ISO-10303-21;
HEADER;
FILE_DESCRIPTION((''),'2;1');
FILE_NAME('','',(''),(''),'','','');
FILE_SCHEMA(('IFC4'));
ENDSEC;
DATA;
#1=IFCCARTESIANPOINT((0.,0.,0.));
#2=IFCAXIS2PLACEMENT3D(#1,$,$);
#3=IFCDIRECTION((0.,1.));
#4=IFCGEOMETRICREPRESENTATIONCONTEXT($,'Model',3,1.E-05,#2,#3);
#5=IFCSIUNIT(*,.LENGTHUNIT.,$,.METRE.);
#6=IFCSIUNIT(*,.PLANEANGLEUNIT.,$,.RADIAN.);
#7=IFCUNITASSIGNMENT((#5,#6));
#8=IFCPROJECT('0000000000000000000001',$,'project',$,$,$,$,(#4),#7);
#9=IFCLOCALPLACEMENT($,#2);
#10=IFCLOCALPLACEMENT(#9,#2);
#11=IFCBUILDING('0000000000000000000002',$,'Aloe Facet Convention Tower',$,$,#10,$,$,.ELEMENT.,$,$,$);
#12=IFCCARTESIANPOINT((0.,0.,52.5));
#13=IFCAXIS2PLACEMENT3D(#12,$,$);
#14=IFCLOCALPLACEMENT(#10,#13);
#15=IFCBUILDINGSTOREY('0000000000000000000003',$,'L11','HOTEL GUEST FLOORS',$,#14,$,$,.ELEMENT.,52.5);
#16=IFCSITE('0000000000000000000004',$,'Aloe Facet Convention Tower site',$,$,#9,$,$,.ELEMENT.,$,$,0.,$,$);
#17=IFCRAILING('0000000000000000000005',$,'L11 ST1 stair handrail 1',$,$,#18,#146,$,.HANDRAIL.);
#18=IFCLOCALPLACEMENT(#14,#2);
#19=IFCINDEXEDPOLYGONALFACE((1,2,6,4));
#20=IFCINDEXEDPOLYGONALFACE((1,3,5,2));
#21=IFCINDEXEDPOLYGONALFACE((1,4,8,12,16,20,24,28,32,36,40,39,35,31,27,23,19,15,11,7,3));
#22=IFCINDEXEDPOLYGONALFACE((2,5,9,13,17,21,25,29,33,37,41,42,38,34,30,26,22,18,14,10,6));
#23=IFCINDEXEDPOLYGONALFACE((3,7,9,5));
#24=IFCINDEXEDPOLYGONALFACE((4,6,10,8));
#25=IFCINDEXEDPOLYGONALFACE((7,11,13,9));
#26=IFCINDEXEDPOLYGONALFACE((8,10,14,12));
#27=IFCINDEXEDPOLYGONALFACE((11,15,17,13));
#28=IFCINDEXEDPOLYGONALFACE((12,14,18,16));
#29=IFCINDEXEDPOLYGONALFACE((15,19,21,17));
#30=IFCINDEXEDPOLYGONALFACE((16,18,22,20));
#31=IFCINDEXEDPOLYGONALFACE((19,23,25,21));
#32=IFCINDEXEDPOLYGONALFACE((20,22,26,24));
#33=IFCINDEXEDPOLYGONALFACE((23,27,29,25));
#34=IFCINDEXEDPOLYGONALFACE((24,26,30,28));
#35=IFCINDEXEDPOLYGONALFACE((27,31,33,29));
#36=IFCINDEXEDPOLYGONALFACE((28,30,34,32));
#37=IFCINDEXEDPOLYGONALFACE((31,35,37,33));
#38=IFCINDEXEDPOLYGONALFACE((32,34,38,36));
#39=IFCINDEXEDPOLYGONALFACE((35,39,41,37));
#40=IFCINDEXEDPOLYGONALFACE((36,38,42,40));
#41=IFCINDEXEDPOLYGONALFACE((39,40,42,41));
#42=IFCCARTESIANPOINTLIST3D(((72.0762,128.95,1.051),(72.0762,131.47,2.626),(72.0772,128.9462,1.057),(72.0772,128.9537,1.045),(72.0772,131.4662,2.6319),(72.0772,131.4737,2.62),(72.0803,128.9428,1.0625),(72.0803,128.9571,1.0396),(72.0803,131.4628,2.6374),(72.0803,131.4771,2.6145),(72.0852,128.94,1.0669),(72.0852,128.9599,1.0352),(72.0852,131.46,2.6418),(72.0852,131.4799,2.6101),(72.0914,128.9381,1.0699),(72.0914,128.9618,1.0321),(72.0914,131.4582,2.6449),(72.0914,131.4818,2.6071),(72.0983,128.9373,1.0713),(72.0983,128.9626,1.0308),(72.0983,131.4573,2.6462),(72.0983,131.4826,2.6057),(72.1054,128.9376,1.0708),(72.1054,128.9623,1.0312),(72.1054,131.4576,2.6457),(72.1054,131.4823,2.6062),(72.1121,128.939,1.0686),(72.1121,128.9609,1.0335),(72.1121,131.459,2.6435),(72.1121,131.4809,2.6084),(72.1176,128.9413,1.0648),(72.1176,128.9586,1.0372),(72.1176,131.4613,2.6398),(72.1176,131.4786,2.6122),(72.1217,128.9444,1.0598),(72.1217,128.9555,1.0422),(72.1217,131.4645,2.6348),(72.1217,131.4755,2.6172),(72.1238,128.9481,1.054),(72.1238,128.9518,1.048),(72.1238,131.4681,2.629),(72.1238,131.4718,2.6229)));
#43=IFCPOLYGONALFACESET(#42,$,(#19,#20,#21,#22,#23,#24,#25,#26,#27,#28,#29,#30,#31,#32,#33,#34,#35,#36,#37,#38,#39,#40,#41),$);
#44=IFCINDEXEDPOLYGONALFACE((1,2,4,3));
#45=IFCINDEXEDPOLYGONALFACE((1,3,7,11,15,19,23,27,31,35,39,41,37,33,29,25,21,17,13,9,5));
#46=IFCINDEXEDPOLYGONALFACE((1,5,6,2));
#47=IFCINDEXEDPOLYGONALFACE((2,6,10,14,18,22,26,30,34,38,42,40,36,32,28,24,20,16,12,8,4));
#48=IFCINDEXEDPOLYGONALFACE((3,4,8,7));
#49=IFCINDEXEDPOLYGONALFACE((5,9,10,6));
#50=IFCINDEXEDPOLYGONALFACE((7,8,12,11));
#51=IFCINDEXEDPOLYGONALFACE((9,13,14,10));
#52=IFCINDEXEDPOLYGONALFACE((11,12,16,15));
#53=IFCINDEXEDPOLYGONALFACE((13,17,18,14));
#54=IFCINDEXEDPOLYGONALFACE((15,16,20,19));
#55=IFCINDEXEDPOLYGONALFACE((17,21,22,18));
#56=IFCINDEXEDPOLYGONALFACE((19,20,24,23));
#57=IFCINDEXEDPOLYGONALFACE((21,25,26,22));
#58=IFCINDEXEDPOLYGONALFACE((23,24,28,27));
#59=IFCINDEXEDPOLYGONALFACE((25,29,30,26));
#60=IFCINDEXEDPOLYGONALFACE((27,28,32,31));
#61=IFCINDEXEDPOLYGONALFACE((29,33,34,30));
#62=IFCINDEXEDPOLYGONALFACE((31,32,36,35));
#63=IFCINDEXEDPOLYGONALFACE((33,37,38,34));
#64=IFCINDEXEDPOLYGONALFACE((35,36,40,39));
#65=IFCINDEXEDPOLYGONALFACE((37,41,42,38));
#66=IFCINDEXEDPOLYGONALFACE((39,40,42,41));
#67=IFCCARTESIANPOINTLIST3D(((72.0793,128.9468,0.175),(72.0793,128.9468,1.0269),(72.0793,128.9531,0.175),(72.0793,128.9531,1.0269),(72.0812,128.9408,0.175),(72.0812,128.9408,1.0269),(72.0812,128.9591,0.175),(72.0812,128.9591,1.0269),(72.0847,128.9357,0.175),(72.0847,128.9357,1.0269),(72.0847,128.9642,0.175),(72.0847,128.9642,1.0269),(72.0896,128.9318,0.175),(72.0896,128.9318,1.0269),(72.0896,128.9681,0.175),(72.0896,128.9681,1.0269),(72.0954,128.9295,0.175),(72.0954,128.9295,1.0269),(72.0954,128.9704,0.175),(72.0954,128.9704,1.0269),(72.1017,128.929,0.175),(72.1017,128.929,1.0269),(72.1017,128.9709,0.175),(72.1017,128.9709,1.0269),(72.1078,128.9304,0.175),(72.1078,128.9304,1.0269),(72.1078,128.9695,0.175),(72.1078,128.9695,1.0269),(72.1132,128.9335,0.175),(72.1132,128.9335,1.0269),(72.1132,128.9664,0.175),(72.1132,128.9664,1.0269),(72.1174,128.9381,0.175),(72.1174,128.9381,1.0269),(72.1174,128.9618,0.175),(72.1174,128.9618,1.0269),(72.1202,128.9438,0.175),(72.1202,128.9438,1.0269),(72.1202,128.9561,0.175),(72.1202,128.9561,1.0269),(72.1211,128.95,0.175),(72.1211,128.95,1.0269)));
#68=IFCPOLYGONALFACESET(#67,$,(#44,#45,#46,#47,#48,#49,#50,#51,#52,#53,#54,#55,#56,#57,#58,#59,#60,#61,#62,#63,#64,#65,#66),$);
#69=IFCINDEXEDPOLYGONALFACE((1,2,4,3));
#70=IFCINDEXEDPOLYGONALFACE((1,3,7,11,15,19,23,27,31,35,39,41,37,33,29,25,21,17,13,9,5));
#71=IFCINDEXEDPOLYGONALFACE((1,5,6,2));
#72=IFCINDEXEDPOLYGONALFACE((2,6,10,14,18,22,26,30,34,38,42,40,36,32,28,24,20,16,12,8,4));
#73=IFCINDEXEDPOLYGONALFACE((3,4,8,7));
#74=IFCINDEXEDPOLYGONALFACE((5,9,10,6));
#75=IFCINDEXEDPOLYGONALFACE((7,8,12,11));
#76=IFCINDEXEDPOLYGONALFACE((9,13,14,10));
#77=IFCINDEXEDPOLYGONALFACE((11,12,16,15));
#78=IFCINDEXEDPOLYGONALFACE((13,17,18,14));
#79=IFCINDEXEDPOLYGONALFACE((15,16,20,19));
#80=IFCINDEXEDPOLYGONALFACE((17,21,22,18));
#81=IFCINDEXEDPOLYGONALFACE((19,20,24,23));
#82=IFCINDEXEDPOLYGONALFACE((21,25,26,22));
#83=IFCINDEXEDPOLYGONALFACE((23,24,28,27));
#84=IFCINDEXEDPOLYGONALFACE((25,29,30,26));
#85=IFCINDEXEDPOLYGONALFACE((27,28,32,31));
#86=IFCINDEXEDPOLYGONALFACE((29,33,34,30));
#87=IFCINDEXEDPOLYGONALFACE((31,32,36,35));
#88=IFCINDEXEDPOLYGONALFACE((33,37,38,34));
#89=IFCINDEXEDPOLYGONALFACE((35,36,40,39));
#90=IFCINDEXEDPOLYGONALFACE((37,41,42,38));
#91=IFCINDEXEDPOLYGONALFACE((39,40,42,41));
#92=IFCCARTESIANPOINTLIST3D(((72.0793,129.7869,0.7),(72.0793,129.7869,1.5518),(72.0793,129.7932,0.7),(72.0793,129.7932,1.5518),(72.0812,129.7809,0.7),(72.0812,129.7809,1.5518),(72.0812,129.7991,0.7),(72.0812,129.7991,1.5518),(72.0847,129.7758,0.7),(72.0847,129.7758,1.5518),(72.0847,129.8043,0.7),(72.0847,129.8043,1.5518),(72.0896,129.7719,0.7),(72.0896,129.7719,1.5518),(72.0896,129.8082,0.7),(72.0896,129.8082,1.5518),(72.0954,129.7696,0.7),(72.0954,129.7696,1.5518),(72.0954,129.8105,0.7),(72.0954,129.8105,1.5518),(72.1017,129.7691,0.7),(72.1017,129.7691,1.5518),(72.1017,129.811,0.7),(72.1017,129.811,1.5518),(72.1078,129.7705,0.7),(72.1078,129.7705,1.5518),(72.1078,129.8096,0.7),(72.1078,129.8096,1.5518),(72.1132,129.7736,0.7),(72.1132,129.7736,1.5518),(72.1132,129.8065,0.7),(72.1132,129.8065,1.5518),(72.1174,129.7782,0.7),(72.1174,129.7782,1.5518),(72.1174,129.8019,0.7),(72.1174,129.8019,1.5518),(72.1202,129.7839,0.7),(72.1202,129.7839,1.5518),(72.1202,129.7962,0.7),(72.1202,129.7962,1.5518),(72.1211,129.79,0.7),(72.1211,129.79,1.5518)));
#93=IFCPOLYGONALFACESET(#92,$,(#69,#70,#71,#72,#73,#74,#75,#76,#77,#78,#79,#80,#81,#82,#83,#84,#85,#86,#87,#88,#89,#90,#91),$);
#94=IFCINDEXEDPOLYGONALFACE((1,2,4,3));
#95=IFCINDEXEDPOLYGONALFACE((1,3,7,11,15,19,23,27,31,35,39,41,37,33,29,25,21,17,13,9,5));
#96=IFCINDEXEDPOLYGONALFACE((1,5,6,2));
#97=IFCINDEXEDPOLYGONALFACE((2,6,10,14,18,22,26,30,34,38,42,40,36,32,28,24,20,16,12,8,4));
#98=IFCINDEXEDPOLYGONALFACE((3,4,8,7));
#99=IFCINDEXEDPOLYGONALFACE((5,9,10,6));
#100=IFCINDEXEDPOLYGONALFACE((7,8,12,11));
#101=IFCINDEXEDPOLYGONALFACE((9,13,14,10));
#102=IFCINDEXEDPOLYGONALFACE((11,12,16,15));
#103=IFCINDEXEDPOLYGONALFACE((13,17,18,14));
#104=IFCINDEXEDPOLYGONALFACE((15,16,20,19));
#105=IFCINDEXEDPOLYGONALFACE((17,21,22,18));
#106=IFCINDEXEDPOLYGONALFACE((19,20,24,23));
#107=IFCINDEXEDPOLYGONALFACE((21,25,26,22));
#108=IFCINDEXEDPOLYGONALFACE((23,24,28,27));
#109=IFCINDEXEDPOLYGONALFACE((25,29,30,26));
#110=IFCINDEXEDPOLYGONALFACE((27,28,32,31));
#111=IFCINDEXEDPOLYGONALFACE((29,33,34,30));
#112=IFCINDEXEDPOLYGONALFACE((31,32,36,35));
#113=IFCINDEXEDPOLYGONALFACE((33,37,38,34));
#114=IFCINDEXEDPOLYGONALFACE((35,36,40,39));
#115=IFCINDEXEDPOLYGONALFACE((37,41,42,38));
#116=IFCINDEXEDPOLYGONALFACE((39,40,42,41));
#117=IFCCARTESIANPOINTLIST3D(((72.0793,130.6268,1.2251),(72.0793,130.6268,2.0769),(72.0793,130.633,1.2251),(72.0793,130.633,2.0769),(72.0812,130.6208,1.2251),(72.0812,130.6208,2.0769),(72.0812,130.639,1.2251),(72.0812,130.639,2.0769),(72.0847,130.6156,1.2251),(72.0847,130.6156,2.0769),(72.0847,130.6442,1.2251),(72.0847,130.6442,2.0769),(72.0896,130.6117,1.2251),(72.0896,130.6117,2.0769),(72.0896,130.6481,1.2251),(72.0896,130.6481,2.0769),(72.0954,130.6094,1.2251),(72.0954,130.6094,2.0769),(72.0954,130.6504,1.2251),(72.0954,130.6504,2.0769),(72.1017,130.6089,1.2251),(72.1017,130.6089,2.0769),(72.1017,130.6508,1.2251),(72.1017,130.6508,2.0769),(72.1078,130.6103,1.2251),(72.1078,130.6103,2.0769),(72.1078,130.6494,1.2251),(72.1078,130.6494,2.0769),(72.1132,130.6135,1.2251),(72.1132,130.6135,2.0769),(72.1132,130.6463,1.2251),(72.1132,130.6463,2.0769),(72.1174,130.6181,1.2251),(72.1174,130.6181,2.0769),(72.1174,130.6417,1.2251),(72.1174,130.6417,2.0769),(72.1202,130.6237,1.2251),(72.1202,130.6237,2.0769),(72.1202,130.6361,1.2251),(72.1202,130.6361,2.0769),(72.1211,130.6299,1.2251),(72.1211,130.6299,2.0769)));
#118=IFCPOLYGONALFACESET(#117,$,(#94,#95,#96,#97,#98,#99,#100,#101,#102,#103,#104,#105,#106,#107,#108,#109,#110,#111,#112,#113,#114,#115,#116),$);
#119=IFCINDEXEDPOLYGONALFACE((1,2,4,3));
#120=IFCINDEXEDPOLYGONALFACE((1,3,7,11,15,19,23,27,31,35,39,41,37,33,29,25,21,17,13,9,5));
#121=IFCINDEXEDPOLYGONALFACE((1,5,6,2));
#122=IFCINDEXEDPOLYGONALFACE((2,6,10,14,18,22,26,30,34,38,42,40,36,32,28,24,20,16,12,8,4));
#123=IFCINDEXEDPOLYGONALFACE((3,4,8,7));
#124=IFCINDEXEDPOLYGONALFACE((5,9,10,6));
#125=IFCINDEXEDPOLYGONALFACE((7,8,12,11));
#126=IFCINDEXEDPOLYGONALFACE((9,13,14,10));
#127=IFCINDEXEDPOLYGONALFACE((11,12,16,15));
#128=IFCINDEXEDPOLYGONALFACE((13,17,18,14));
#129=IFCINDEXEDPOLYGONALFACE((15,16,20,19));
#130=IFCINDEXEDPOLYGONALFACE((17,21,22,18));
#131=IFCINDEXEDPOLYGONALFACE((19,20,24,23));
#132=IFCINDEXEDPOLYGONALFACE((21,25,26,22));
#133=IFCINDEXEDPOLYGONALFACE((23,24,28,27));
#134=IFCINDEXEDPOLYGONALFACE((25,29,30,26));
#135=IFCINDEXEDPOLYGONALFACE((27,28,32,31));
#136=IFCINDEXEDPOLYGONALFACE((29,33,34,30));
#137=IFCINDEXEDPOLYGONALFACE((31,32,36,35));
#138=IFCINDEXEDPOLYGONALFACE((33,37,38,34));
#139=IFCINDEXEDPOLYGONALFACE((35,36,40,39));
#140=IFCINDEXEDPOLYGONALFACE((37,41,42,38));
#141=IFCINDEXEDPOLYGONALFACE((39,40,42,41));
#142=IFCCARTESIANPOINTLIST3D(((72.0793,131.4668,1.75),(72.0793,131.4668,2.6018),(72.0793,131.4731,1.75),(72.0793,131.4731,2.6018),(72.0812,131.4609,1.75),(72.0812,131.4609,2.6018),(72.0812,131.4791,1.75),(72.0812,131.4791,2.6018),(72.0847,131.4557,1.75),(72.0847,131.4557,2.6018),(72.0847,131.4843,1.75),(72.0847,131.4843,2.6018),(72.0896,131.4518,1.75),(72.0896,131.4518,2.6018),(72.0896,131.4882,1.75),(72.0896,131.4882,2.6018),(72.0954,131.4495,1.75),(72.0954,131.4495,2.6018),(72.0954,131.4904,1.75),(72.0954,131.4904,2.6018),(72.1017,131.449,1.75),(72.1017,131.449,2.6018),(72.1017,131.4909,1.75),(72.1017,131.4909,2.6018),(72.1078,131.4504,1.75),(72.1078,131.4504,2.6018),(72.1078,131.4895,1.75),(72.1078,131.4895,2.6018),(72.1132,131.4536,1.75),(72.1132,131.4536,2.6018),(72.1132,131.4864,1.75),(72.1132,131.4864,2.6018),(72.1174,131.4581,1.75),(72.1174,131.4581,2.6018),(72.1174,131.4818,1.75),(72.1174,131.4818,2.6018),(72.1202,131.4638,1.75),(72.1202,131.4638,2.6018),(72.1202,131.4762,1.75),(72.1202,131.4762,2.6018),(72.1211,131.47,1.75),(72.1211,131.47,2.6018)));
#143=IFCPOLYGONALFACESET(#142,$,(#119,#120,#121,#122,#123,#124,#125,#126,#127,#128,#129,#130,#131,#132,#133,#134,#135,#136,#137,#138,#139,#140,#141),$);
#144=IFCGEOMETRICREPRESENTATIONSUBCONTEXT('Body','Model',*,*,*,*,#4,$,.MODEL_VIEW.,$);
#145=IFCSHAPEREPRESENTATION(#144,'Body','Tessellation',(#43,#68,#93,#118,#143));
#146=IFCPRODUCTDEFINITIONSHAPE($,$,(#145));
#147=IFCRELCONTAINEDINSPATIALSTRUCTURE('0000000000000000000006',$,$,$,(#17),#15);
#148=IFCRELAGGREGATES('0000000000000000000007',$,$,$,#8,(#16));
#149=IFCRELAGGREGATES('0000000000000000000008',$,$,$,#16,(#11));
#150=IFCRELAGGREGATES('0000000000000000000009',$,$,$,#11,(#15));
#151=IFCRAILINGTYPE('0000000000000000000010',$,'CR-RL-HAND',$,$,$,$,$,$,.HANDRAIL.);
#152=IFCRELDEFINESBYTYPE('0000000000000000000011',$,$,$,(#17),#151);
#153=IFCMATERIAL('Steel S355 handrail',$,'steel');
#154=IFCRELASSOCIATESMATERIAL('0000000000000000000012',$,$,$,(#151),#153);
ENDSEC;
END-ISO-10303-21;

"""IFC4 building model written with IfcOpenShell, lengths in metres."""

from ifc_helpers import new_model, si_unit, direction, frame, origin, origin_2d, place, context, subcontext, project, spatial, circle, extrude, material, type_object, element, save


model = new_model("IFC4")

# Units and contexts
model_context = context("Model", 3, precision=1e-05, world=origin(), true_north=direction((0.0, 1.0)))
body_context = subcontext(model_context, "Body", "Model", "MODEL_VIEW")
ifc_project = project(units=[si_unit("LENGTHUNIT", "METRE"), si_unit("PLANEANGLEUNIT", "RADIAN")], contexts=[model_context])

# Site, building, storey
site_placement = place(None, origin())
site = spatial("IfcSite", under=ifc_project, at=site_placement, Name="Aloe Facet Convention Tower site", CompositionType="ELEMENT", RefElevation=0.0)
building_placement = place(site_placement, origin())
building = spatial("IfcBuilding", under=site, at=building_placement, Name="Aloe Facet Convention Tower", CompositionType="ELEMENT")
storey_placement = place(building_placement, frame((0.0, 0.0, 52.5)))
storey = spatial("IfcBuildingStorey", under=building, at=storey_placement, Name="L11", Description="HOTEL GUEST FLOORS", CompositionType="ELEMENT", Elevation=52.5)

# Railing
ifc_material_1 = material(Name="Steel S355 handrail", Category="steel")
railing_type_1 = type_object("IfcRailingType", Name="CR-RL-HAND", PredefinedType="HANDRAIL", material=ifc_material_1)
railing_1_placement = place(storey_placement, frame((72.1001, 128.95, 0.175)))
element("IfcRailing", 1, at=railing_1_placement, inside=storey, type_object=railing_type_1, Name="L11 ST1 stair handrail 1", PredefinedType="HANDRAIL", context=body_context, shape_type="SweptSolid", body=[
    extrude(circle(Radius=0.0239, at=origin_2d()), frame((0.0, 0.0, 0.876), z_axis=(0.0, 0.848008, 0.529984), x_axis=(-1.0, 0.0, 0.0)), (0.0, 0.0, 1.0), 2.9717),
    extrude(circle(Radius=0.021, at=origin_2d()), origin(), (0.0, 0.0, 1.0), 0.8518),
    extrude(circle(Radius=0.021, at=origin_2d()), frame((0.0, 0.8401, 0.5249)), (0.0, 0.0, 1.0), 0.8518),
    extrude(circle(Radius=0.021, at=origin_2d()), frame((0.0, 1.6799, 1.05)), (0.0, 0.0, 1.0), 0.8518),
    extrude(circle(Radius=0.021, at=origin_2d()), frame((0.0, 2.52, 1.575)), (0.0, 0.0, 1.0), 0.8518),
])

save(model, "model.ifc")
